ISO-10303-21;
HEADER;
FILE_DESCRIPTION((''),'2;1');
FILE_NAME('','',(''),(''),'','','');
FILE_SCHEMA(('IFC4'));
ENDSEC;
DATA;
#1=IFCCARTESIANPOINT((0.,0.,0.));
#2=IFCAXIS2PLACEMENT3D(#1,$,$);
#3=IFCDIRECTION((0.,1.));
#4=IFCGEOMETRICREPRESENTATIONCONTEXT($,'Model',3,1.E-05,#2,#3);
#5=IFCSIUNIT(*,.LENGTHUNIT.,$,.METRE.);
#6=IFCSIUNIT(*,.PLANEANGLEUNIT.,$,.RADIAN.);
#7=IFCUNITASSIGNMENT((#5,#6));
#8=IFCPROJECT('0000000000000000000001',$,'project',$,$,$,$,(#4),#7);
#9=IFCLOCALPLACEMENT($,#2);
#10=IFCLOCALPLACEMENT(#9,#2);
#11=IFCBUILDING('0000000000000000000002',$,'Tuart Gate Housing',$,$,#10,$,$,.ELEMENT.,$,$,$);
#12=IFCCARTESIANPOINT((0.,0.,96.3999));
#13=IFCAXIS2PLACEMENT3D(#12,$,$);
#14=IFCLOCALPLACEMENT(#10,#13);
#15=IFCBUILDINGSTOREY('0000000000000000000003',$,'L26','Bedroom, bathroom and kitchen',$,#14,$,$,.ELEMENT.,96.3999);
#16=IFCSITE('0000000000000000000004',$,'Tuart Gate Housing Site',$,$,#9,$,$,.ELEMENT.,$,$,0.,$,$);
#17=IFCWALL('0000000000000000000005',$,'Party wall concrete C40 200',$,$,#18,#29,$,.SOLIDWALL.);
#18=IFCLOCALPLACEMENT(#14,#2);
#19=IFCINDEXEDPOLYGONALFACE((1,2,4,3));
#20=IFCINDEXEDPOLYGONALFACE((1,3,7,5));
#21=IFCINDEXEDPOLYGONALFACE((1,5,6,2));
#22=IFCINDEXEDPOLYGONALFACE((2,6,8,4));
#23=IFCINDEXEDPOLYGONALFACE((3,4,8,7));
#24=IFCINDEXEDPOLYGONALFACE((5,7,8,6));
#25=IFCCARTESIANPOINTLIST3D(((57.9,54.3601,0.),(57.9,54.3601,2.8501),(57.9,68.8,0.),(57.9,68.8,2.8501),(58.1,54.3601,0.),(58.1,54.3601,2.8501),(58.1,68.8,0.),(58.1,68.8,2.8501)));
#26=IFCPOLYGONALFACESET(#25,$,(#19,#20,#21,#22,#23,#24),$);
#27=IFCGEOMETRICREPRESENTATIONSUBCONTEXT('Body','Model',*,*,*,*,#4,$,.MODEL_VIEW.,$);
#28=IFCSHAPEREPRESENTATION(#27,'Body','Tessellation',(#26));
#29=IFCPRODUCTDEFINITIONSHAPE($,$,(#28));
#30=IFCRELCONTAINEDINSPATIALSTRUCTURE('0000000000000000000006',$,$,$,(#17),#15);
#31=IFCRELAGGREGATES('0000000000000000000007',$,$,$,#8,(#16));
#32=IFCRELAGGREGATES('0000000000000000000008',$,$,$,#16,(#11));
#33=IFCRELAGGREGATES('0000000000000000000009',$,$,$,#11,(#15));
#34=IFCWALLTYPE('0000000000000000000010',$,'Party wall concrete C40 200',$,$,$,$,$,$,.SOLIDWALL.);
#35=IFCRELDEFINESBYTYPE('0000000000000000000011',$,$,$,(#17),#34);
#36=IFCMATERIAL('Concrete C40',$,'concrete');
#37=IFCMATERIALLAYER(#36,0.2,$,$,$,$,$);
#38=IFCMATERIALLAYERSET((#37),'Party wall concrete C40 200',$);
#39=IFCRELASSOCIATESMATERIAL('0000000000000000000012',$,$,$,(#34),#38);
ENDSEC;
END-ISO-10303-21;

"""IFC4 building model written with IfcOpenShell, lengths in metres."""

from ifc_helpers import new_model, si_unit, direction, frame, frame_2d, origin, place, context, subcontext, project, spatial, rectangle, extrude, material, layer, layer_set, type_object, element, save


model = new_model("IFC4")

# Units and contexts
model_context = context("Model", 3, precision=1e-05, world=origin(), true_north=direction((0.0, 1.0)))
body_context = subcontext(model_context, "Body", "Model", "MODEL_VIEW")
ifc_project = project(units=[si_unit("LENGTHUNIT", "METRE"), si_unit("PLANEANGLEUNIT", "RADIAN")], contexts=[model_context])

# Site, building, storey
site_placement = place(None, origin())
site = spatial("IfcSite", under=ifc_project, at=site_placement, Name="Tuart Gate Housing Site", CompositionType="ELEMENT", RefElevation=0.0)
building_placement = place(site_placement, origin())
building = spatial("IfcBuilding", under=site, at=building_placement, Name="Tuart Gate Housing", CompositionType="ELEMENT")
storey_placement = place(building_placement, frame((0.0, 0.0, 96.3999)))
storey = spatial("IfcBuildingStorey", under=building, at=storey_placement, Name="L26", Description="Bedroom, bathroom and kitchen", CompositionType="ELEMENT", Elevation=96.3999)

# Wall
ifc_material_1 = material(Name="Concrete C40", Category="concrete")
ifc_layer_1 = layer(ifc_material_1, 0.2)
ifc_layer_set_1 = layer_set([ifc_layer_1], Name="Party wall concrete C40 200")
wall_type_1 = type_object("IfcWallType", Name="Party wall concrete C40 200", PredefinedType="SOLIDWALL", material=ifc_layer_set_1)
for number, where, z_axis, x_axis, name in (
    (1, (58.0, 54.3601, 0.0), (0.0, 0.0, 1.0), (0.0, 1.0, 0.0), "Party wall concrete C40 200"),
):
    element("IfcWall", number, at=place(storey_placement, frame(where, z_axis=z_axis, x_axis=x_axis)), inside=storey, type_object=wall_type_1, Name=name, PredefinedType="SOLIDWALL", context=body_context, shape_type="SweptSolid", body=[
        extrude(rectangle(XDim=14.4399, YDim=0.2, at=frame_2d((7.22, 0.0))), origin(), (0.0, 0.0, 1.0), 2.8501),
    ])

save(model, "model.ifc")
